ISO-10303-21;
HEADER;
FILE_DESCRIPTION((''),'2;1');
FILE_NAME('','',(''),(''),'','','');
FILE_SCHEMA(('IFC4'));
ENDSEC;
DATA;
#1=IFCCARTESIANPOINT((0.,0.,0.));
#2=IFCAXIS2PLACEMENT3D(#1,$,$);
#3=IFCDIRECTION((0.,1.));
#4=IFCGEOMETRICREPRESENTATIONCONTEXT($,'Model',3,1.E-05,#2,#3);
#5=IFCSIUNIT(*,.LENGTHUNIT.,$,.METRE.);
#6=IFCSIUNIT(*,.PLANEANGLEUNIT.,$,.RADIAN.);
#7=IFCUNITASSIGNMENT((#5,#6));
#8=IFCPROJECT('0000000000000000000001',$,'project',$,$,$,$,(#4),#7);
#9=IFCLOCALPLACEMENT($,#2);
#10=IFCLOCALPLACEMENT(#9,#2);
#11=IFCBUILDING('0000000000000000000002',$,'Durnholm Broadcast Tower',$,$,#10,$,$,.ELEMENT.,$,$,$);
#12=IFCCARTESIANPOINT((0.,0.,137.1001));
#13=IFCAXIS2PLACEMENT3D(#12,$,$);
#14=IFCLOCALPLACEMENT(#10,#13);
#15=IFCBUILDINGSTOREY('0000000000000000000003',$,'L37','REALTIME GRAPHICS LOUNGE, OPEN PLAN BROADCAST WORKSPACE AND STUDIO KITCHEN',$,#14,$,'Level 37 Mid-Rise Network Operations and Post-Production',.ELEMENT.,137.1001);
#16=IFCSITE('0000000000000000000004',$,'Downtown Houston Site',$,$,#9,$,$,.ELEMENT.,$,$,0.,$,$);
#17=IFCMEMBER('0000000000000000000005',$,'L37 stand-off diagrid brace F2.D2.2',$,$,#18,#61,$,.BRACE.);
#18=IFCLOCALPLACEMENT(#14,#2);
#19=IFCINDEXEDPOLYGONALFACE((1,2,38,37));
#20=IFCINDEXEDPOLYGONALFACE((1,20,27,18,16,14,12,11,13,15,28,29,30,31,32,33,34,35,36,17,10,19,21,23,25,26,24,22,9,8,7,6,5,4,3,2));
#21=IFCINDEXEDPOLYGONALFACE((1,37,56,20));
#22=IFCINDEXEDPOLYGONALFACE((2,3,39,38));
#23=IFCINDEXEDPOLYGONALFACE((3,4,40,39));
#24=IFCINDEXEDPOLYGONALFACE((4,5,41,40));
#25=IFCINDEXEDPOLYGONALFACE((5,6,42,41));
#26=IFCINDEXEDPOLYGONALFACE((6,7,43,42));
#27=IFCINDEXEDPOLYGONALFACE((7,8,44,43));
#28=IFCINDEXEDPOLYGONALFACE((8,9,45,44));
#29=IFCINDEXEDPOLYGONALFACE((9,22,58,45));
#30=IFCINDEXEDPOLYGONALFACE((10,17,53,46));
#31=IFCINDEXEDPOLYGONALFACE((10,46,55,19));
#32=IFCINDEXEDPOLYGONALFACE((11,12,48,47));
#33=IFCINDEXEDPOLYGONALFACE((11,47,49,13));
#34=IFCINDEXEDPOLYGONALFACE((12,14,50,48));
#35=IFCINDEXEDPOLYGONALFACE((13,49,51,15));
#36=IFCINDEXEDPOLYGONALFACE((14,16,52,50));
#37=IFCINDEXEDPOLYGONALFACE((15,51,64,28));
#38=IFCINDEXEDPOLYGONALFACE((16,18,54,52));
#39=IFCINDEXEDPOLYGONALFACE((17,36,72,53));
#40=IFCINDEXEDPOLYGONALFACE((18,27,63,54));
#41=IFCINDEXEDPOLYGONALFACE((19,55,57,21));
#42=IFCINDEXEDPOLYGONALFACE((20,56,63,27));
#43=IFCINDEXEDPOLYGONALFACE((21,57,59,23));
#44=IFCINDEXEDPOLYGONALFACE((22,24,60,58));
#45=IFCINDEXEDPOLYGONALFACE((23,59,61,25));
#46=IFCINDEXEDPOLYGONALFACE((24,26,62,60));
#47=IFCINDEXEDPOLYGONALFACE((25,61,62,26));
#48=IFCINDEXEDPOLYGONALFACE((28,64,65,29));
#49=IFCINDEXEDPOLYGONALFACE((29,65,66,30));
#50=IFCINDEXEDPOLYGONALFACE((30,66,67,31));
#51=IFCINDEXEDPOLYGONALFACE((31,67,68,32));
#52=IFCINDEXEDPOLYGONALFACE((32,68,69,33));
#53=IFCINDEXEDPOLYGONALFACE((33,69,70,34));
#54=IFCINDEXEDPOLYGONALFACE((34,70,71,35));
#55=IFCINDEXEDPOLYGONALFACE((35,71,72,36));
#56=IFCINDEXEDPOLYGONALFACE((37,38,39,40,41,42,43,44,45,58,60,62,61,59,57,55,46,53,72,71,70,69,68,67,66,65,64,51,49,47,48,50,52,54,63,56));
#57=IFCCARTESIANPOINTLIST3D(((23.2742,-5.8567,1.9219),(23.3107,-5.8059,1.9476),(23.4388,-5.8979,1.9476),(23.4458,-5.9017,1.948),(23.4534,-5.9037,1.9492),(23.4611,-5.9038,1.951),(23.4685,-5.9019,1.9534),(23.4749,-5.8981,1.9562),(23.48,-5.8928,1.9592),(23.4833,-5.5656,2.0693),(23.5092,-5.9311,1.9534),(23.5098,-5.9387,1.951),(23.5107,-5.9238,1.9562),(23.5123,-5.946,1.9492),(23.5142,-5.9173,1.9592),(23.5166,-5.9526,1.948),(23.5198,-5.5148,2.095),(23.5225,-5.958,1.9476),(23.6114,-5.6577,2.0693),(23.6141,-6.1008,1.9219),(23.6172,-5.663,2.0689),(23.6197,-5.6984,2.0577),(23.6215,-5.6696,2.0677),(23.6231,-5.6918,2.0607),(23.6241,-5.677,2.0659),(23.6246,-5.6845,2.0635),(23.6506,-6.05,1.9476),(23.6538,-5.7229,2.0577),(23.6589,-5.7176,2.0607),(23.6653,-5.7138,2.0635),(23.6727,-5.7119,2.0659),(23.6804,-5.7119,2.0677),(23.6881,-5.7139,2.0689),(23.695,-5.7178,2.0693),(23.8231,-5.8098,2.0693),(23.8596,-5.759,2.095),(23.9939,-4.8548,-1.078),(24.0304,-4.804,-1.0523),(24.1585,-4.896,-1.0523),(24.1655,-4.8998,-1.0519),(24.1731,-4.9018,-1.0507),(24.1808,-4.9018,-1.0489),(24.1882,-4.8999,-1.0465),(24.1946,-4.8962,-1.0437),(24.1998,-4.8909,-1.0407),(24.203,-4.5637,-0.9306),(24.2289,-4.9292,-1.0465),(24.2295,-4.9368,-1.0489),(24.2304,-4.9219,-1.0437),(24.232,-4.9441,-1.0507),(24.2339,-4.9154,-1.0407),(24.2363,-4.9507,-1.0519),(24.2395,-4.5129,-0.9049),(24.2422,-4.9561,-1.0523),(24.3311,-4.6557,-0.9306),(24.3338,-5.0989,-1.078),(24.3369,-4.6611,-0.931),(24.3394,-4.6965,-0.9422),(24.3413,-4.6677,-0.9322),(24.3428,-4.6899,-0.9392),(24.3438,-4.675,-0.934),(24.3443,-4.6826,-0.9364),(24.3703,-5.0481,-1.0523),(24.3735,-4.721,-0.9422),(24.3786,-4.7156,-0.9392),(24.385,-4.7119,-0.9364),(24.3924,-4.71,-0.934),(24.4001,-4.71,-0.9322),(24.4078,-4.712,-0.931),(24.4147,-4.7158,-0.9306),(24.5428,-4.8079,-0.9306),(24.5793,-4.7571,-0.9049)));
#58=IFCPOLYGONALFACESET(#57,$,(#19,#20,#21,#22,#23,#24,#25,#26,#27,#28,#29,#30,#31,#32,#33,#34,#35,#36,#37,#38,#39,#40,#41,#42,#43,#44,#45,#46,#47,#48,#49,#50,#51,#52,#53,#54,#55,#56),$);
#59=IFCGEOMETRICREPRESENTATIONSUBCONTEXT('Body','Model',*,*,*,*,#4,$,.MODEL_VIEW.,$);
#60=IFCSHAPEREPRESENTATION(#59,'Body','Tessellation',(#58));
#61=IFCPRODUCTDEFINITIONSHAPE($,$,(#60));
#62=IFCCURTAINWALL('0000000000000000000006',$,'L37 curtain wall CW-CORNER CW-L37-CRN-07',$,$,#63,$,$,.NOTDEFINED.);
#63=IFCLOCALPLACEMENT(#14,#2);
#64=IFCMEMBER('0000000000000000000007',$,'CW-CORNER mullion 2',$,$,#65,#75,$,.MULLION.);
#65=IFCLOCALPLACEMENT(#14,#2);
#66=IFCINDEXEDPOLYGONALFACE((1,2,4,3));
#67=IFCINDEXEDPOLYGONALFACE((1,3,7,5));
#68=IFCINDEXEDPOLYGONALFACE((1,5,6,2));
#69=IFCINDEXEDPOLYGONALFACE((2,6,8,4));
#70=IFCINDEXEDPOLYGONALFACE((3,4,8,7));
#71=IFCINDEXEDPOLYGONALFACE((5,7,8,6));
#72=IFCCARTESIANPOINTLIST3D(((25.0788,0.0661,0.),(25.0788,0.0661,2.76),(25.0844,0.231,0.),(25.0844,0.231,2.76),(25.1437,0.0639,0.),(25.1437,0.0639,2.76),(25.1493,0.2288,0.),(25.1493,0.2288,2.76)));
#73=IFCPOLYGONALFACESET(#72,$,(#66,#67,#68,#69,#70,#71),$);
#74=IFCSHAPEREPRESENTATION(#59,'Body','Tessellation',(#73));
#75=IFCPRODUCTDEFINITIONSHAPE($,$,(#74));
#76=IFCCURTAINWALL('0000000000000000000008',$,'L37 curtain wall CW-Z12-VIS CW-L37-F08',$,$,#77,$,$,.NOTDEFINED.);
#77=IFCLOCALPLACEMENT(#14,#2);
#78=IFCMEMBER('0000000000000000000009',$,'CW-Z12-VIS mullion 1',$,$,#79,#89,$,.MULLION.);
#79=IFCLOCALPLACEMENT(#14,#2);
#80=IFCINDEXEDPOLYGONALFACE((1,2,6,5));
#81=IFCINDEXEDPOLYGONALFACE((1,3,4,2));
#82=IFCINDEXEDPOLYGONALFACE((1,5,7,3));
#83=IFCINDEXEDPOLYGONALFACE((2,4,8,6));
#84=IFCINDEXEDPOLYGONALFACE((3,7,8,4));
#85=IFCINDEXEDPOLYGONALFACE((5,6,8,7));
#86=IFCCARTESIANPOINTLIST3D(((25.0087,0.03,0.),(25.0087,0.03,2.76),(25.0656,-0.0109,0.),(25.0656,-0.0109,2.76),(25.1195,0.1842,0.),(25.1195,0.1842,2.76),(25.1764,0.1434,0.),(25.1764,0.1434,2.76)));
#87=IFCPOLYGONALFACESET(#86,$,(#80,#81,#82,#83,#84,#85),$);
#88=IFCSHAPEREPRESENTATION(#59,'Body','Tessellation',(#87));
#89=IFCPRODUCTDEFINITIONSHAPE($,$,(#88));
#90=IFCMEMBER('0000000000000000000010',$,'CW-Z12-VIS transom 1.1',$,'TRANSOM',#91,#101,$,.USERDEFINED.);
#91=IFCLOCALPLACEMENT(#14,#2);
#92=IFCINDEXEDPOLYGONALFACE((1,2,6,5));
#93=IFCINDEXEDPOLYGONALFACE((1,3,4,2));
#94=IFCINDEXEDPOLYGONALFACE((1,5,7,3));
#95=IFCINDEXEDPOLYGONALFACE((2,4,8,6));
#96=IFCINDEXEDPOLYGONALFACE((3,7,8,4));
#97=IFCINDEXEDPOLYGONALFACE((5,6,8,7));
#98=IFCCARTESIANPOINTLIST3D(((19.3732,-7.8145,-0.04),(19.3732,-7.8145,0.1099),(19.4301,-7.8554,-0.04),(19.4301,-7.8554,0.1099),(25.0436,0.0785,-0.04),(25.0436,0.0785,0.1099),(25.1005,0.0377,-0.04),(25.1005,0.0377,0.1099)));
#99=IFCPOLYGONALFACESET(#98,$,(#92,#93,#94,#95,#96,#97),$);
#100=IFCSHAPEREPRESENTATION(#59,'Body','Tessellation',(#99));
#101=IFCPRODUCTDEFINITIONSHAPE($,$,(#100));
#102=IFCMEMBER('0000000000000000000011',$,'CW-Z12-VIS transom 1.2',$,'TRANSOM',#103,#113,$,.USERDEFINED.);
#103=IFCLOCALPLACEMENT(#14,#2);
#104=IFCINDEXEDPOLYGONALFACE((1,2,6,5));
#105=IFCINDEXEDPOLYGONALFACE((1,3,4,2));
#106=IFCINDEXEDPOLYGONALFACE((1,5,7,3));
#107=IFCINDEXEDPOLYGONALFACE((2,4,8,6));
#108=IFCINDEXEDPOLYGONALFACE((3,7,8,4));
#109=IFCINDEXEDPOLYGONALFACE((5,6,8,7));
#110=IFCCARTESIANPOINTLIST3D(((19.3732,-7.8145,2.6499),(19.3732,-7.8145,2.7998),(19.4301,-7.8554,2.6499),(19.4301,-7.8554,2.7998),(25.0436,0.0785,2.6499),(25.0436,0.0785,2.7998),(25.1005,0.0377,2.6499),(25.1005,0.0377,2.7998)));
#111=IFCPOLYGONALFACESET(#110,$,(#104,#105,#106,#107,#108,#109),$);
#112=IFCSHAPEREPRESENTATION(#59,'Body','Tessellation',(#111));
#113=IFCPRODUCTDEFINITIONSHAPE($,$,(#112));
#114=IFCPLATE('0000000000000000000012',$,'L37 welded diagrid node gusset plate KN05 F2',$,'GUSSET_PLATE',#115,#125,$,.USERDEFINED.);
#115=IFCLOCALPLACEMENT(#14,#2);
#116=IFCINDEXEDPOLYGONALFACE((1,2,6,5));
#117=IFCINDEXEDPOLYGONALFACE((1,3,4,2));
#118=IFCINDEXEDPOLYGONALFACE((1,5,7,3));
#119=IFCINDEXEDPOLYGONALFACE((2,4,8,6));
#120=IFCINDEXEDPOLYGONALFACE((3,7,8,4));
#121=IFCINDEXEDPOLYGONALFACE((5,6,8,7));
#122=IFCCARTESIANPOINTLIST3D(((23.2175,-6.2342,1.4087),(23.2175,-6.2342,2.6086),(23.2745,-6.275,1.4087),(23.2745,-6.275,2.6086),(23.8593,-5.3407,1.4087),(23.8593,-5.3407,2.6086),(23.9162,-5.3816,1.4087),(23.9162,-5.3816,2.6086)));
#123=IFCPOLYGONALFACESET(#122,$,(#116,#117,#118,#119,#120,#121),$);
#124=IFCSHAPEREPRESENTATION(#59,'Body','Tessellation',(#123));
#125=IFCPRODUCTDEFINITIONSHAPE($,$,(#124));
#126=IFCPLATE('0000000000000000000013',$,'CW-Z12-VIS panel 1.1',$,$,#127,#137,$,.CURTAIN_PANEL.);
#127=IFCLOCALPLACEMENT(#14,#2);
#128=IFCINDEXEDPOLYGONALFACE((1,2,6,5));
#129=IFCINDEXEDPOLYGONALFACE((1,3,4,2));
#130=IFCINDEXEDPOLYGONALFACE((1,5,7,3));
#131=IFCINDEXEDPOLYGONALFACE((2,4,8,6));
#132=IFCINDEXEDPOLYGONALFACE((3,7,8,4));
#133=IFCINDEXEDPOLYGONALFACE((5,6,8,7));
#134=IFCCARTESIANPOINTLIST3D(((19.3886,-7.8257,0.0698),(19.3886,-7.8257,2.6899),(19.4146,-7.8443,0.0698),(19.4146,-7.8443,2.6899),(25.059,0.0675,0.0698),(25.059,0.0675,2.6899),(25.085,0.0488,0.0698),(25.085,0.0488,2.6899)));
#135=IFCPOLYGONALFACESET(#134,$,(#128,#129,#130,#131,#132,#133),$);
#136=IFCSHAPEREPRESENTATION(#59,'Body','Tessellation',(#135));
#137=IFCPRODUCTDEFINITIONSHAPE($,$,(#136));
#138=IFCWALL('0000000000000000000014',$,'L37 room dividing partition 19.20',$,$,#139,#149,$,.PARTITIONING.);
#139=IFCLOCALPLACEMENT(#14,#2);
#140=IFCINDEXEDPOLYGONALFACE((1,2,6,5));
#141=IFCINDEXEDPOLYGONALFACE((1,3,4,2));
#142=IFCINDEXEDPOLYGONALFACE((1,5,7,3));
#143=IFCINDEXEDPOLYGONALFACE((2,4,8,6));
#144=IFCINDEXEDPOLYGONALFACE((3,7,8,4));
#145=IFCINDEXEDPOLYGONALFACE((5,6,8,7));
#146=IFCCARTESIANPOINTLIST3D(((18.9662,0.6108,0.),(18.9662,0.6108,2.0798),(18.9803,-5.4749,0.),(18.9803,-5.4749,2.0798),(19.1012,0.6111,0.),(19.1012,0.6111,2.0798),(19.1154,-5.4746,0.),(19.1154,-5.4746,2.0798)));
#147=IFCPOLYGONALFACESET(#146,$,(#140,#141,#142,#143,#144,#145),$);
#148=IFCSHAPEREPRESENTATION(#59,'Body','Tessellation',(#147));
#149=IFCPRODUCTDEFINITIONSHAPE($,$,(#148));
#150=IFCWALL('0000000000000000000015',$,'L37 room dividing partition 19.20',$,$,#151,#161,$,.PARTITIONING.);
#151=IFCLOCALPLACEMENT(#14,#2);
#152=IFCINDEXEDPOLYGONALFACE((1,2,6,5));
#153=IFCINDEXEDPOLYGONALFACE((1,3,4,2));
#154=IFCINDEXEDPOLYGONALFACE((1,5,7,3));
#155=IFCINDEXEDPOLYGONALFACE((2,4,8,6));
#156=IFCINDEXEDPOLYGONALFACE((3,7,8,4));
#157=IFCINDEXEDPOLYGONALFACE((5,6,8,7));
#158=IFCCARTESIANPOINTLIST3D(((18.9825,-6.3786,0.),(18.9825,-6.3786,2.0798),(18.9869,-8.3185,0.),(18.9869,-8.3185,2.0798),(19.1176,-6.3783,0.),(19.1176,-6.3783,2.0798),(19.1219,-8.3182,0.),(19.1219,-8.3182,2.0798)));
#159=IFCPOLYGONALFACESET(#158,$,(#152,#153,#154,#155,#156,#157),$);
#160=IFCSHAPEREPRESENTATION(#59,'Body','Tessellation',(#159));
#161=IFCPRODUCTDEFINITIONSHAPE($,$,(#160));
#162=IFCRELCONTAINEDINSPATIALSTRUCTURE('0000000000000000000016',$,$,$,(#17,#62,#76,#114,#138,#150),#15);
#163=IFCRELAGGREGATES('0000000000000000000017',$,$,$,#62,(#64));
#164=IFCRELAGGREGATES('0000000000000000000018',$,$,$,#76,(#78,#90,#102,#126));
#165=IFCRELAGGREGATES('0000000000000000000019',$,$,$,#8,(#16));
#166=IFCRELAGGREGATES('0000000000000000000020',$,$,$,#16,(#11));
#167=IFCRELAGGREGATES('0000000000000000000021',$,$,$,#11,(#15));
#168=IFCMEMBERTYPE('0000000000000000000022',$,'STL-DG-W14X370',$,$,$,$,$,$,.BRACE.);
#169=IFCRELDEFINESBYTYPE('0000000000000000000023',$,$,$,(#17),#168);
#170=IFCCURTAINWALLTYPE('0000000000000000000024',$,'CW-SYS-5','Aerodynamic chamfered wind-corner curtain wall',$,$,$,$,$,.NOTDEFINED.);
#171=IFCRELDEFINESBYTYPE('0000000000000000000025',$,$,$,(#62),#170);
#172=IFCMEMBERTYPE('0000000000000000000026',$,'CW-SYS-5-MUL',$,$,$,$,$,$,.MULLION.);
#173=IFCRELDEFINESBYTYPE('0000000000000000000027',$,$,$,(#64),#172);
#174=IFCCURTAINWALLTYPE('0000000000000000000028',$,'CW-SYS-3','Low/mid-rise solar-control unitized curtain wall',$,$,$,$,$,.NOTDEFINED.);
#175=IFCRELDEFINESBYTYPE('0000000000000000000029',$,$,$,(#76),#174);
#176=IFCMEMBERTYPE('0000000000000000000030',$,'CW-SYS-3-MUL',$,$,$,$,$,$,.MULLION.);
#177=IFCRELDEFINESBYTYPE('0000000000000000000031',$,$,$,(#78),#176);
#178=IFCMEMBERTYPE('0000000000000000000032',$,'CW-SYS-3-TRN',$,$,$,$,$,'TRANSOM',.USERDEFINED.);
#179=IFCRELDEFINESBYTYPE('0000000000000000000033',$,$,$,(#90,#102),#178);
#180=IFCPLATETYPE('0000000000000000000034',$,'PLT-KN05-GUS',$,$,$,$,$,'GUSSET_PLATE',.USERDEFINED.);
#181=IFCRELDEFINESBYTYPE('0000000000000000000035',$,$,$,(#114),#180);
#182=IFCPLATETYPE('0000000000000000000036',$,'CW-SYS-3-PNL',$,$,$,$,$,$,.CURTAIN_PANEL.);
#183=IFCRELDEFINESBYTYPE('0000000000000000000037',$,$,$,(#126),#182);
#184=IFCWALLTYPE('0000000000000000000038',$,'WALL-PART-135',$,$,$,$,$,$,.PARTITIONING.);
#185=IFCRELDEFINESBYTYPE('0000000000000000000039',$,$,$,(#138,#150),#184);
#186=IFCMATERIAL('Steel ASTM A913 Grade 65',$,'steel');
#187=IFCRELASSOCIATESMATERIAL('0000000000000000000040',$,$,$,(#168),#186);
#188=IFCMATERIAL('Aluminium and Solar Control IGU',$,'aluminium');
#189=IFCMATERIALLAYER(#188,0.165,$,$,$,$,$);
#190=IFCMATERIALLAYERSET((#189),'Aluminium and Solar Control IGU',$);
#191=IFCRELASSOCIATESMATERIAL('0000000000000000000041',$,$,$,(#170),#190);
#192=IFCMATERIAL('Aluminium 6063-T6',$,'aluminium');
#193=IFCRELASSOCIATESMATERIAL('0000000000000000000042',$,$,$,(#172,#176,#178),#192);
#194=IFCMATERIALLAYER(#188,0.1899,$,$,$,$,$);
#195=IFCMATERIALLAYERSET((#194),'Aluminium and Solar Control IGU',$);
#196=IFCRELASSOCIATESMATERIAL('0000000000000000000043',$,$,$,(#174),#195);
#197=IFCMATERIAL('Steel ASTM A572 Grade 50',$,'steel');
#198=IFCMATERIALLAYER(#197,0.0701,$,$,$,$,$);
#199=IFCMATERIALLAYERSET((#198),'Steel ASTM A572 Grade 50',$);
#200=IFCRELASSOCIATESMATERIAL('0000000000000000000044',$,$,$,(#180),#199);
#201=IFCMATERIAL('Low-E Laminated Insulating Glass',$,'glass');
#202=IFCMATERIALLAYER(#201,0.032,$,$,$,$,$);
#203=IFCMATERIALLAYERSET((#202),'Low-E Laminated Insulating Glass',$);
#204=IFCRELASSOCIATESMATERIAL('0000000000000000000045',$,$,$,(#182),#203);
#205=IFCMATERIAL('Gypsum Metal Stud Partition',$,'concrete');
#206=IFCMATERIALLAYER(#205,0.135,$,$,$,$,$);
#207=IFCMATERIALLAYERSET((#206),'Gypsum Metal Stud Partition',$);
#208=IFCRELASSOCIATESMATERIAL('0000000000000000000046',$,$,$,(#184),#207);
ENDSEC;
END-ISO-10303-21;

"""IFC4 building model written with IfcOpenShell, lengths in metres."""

from ifc_helpers import new_model, si_unit, direction, frame, frame_2d, origin, origin_2d, place, context, subcontext, project, spatial, rectangle, i_section, extrude, source, transform, mapped, material, layer, layer_set, material_profile, profile_set, type_object, type_shapes, element, aggregate, save


model = new_model("IFC4")

# Units and contexts
model_context = context("Model", 3, precision=1e-05, world=origin(), true_north=direction((0.0, 1.0)))
body_context = subcontext(model_context, "Body", "Model", "MODEL_VIEW")
ifc_project = project(units=[si_unit("LENGTHUNIT", "METRE"), si_unit("PLANEANGLEUNIT", "RADIAN")], contexts=[model_context])

# Site, building, storey
site_placement = place(None, origin())
site = spatial("IfcSite", under=ifc_project, at=site_placement, Name="Downtown Houston Site", CompositionType="ELEMENT", RefElevation=0.0)
building_placement = place(site_placement, origin())
building = spatial("IfcBuilding", under=site, at=building_placement, Name="Durnholm Broadcast Tower", CompositionType="ELEMENT")
storey_placement = place(building_placement, frame((0.0, 0.0, 137.1001)))
storey = spatial("IfcBuildingStorey", under=building, at=storey_placement, Name="L37", Description="REALTIME GRAPHICS LOUNGE, OPEN PLAN BROADCAST WORKSPACE AND STUDIO KITCHEN", LongName="Level 37 Mid-Rise Network Operations and Post-Production", CompositionType="ELEMENT", Elevation=137.1001)

# Member
ifc_material_1 = material(Name="Steel ASTM A913 Grade 65", Category="steel")
ifc_material_profile_1 = material_profile(ifc_material_1, i_section(OverallWidth=0.4185, OverallDepth=0.4551, WebThickness=0.042, FlangeThickness=0.0676, FilletRadius=0.0305, at=origin_2d()), Name="W14X370")
ifc_profile_set_1 = profile_set([ifc_material_profile_1], Name="Steel ASTM A913 Grade 65")
member_type_1 = type_object("IfcMemberType", Name="STL-DG-W14X370", PredefinedType="BRACE", material=ifc_profile_set_1)
shared_shape_1 = source(origin(), body_context, "Body", "SweptSolid", [
    extrude(i_section(OverallWidth=0.4185, OverallDepth=0.4551, WebThickness=0.042, FlangeThickness=0.0676, FilletRadius=0.0305, at=origin_2d()), origin(), (0.0, 0.0, 1.0), 3.2437),
])
member_1_placement = place(storey_placement, frame((24.2866, -4.8059, -0.9915), z_axis=(-0.221881, -0.308887, 0.924855), x_axis=(0.812179, -0.583408, 0.0)))
element("IfcMember", 1, at=member_1_placement, inside=storey, type_object=member_type_1, Name="L37 stand-off diagrid brace F2.D2.2", PredefinedType="BRACE", context=body_context, shape_type="MappedRepresentation", body=[
    mapped(shared_shape_1, transform((0.0, 0.0, 0.0), x_axis=(1.0, 0.0, 0.0), y_axis=(0.0, 1.0, 0.0), z_axis=(0.0, 0.0, 1.0), scale=1.0)),
])

# Curtain wall, member
ifc_material_2 = material(Name="Aluminium and Solar Control IGU", Category="aluminium")
ifc_layer_1 = layer(ifc_material_2, 0.165)
ifc_layer_set_1 = layer_set([ifc_layer_1], Name="Aluminium and Solar Control IGU")
curtain_wall_type_1 = type_object("IfcCurtainWallType", Name="CW-SYS-5", Description="Aerodynamic chamfered wind-corner curtain wall", PredefinedType="NOTDEFINED", material=ifc_layer_set_1)
curtain_wall_1_placement = place(storey_placement, origin())
curtain_wall_1 = element("IfcCurtainWall", 2, at=curtain_wall_1_placement, inside=storey, type_object=curtain_wall_type_1, Name="L37 curtain wall CW-CORNER CW-L37-CRN-07", PredefinedType="NOTDEFINED")
ifc_material_3 = material(Name="Aluminium 6063-T6", Category="aluminium")
ifc_material_profile_2 = material_profile(ifc_material_3, rectangle(XDim=0.0649, YDim=0.165, at=origin_2d()), Name="CWM65X165")
ifc_profile_set_2 = profile_set([ifc_material_profile_2], Name="Aluminium 6063-T6")
member_type_2 = type_object("IfcMemberType", Name="CW-SYS-5-MUL", PredefinedType="MULLION", material=ifc_profile_set_2)
shared_shape_2 = source(origin(), body_context, "Body", "SweptSolid", [
    extrude(rectangle(XDim=0.0649, YDim=0.165, at=origin_2d()), origin(), (0.0, 0.0, 1.0), 2.76),
])
type_shapes(member_type_2, [shared_shape_2])
member_2_placement = place(storey_placement, frame((25.114, 0.1475, 0.0), z_axis=(0.0, 0.0, 1.0), x_axis=(0.999425, -0.033917, 0.0)))
member_2 = element("IfcMember", 3, at=member_2_placement, type_object=member_type_2, Name="CW-CORNER mullion 2", PredefinedType="MULLION", context=body_context, shape_type="MappedRepresentation", body=[
    mapped(shared_shape_2, transform((0.0, 0.0, 0.0), x_axis=(1.0, 0.0, 0.0), y_axis=(0.0, 1.0, 0.0), z_axis=(0.0, 0.0, 1.0), scale=1.0)),
])
aggregate(curtain_wall_1, [member_2])

# Curtain wall, members
ifc_layer_2 = layer(ifc_material_2, 0.1899)
ifc_layer_set_2 = layer_set([ifc_layer_2], Name="Aluminium and Solar Control IGU")
curtain_wall_type_2 = type_object("IfcCurtainWallType", Name="CW-SYS-3", Description="Low/mid-rise solar-control unitized curtain wall", PredefinedType="NOTDEFINED", material=ifc_layer_set_2)
curtain_wall_2_placement = place(storey_placement, origin())
curtain_wall_2 = element("IfcCurtainWall", 4, at=curtain_wall_2_placement, inside=storey, type_object=curtain_wall_type_2, Name="L37 curtain wall CW-Z12-VIS CW-L37-F08", PredefinedType="NOTDEFINED")
ifc_material_profile_3 = material_profile(ifc_material_3, rectangle(XDim=0.0701, YDim=0.1899, at=origin_2d()), Name="CWM70X190")
ifc_profile_set_3 = profile_set([ifc_material_profile_3], Name="Aluminium 6063-T6")
member_type_3 = type_object("IfcMemberType", Name="CW-SYS-3-MUL", PredefinedType="MULLION", material=ifc_profile_set_3)
shared_shape_3 = source(origin(), body_context, "Body", "SweptSolid", [
    extrude(rectangle(XDim=0.0701, YDim=0.1899, at=origin_2d()), origin(), (0.0, 0.0, 1.0), 2.76),
])
type_shapes(member_type_3, [shared_shape_3])
member_3_placement = place(storey_placement, frame((25.0925, 0.0867, 0.0), z_axis=(0.0, 0.0, 1.0), x_axis=(0.812152, -0.583445, 0.0)))
member_3 = element("IfcMember", 5, at=member_3_placement, type_object=member_type_3, Name="CW-Z12-VIS mullion 1", PredefinedType="MULLION", context=body_context, shape_type="MappedRepresentation", body=[
    mapped(shared_shape_3, transform((0.0, 0.0, 0.0), x_axis=(1.0, 0.0, 0.0), y_axis=(0.0, 1.0, 0.0), z_axis=(0.0, 0.0, 1.0), scale=1.0)),
])
ifc_material_profile_4 = material_profile(ifc_material_3, rectangle(XDim=0.0701, YDim=0.1499, at=origin_2d()), Name="CWT70X150")
ifc_profile_set_4 = profile_set([ifc_material_profile_4], Name="Aluminium 6063-T6")
member_type_4 = type_object("IfcMemberType", Name="CW-SYS-3-TRN", ElementType="TRANSOM", PredefinedType="USERDEFINED", material=ifc_profile_set_4)
shared_shape_4 = source(origin(), body_context, "Body", "SweptSolid", [
    extrude(rectangle(XDim=0.0701, YDim=0.1499, at=origin_2d()), origin(), (0.0, 0.0, 1.0), 9.7188),
])
type_shapes(member_type_4, [shared_shape_4])
member_4_placement = place(storey_placement, frame((25.072, 0.0581, 0.0349), z_axis=(-0.583451, -0.812149, 0.0), x_axis=(0.812149, -0.583451, 0.0)))
member_4 = element("IfcMember", 6, at=member_4_placement, type_object=member_type_4, Name="CW-Z12-VIS transom 1.1", ObjectType="TRANSOM", PredefinedType="USERDEFINED", context=body_context, shape_type="MappedRepresentation", body=[
    mapped(shared_shape_4, transform((0.0, 0.0, 0.0), x_axis=(1.0, 0.0, 0.0), y_axis=(0.0, 1.0, 0.0), z_axis=(0.0, 0.0, 1.0), scale=1.0)),
])
member_5_placement = place(storey_placement, frame((25.072, 0.0581, 2.7249), z_axis=(-0.583451, -0.812149, 0.0), x_axis=(0.812149, -0.583451, 0.0)))
member_5 = element("IfcMember", 7, at=member_5_placement, type_object=member_type_4, Name="CW-Z12-VIS transom 1.2", ObjectType="TRANSOM", PredefinedType="USERDEFINED", context=body_context, shape_type="MappedRepresentation", body=[
    mapped(shared_shape_4, transform((0.0, 0.0, 0.0), x_axis=(1.0, 0.0, 0.0), y_axis=(0.0, 1.0, 0.0), z_axis=(0.0, 0.0, 1.0), scale=1.0)),
])

# Plates
ifc_material_4 = material(Name="Steel ASTM A572 Grade 50", Category="steel")
ifc_layer_3 = layer(ifc_material_4, 0.0701)
ifc_layer_set_3 = layer_set([ifc_layer_3], Name="Steel ASTM A572 Grade 50")
plate_type_1 = type_object("IfcPlateType", Name="PLT-KN05-GUS", ElementType="GUSSET_PLATE", PredefinedType="USERDEFINED", material=ifc_layer_set_3)
shared_shape_5 = source(origin(), body_context, "Body", "SweptSolid", [
    extrude(rectangle(XDim=1.1001, YDim=0.0701, at=origin_2d()), origin(), (0.0, 0.0, 1.0), 1.2),
])
type_shapes(plate_type_1, [shared_shape_5])
plate_1_placement = place(storey_placement, frame((23.5669, -5.8079, 1.4087), z_axis=(0.0, 0.0, 1.0), x_axis=(0.583399, 0.812185, 0.0)))
element("IfcPlate", 8, at=plate_1_placement, inside=storey, type_object=plate_type_1, Name="L37 welded diagrid node gusset plate KN05 F2", ObjectType="GUSSET_PLATE", PredefinedType="USERDEFINED", context=body_context, shape_type="MappedRepresentation", body=[
    mapped(shared_shape_5, transform((0.0, 0.0, 0.0), x_axis=(1.0, 0.0, 0.0), y_axis=(0.0, 1.0, 0.0), z_axis=(0.0, 0.0, 1.0), scale=1.0)),
])
ifc_material_5 = material(Name="Low-E Laminated Insulating Glass", Category="glass")
ifc_layer_4 = layer(ifc_material_5, 0.032)
ifc_layer_set_4 = layer_set([ifc_layer_4], Name="Low-E Laminated Insulating Glass")
plate_type_2 = type_object("IfcPlateType", Name="CW-SYS-3-PNL", PredefinedType="CURTAIN_PANEL", material=ifc_layer_set_4)
shared_shape_6 = source(origin(), body_context, "Body", "SweptSolid", [
    extrude(rectangle(XDim=9.7188, YDim=0.032, at=origin_2d()), origin(), (0.0, 0.0, 1.0), 2.6201),
])
type_shapes(plate_type_2, [shared_shape_6])
plate_2_placement = place(storey_placement, frame((22.2368, -3.8884, 0.0698), z_axis=(0.0, 0.0, 1.0), x_axis=(-0.583445, -0.812152, 0.0)))
plate_2 = element("IfcPlate", 9, at=plate_2_placement, type_object=plate_type_2, Name="CW-Z12-VIS panel 1.1", PredefinedType="CURTAIN_PANEL", context=body_context, shape_type="MappedRepresentation", body=[
    mapped(shared_shape_6, transform((0.0, 0.0, 0.0), x_axis=(1.0, 0.0, 0.0), y_axis=(0.0, 1.0, 0.0), z_axis=(0.0, 0.0, 1.0), scale=1.0)),
])
aggregate(curtain_wall_2, [member_3, member_4, member_5, plate_2])

# Walls
ifc_material_6 = material(Name="Gypsum Metal Stud Partition", Category="concrete")
ifc_layer_5 = layer(ifc_material_6, 0.135)
ifc_layer_set_5 = layer_set([ifc_layer_5], Name="Gypsum Metal Stud Partition")
wall_type_1 = type_object("IfcWallType", Name="WALL-PART-135", PredefinedType="PARTITIONING", material=ifc_layer_set_5)
wall_1_placement = place(storey_placement, frame((19.0337, 0.6111, 0.0), z_axis=(0.0, 0.0, 1.0), x_axis=(0.002327, -0.999997, 0.0)))
element("IfcWall", 10, at=wall_1_placement, inside=storey, type_object=wall_type_1, Name="L37 room dividing partition 19.20", PredefinedType="PARTITIONING", context=body_context, shape_type="SweptSolid", body=[
    extrude(rectangle(XDim=6.0857, YDim=0.135, at=frame_2d((3.043, 0.0))), origin(), (0.0, 0.0, 1.0), 2.0798),
])
wall_2_placement = place(storey_placement, frame((19.05, -6.3784, 0.0), z_axis=(0.0, 0.0, 1.0), x_axis=(0.002265, -0.999997, 0.0)))
element("IfcWall", 11, at=wall_2_placement, inside=storey, type_object=wall_type_1, Name="L37 room dividing partition 19.20", PredefinedType="PARTITIONING", context=body_context, shape_type="SweptSolid", body=[
    extrude(rectangle(XDim=1.9399, YDim=0.135, at=frame_2d((0.97, 0.0))), origin(), (0.0, 0.0, 1.0), 2.0798),
])

save(model, "model.ifc")
